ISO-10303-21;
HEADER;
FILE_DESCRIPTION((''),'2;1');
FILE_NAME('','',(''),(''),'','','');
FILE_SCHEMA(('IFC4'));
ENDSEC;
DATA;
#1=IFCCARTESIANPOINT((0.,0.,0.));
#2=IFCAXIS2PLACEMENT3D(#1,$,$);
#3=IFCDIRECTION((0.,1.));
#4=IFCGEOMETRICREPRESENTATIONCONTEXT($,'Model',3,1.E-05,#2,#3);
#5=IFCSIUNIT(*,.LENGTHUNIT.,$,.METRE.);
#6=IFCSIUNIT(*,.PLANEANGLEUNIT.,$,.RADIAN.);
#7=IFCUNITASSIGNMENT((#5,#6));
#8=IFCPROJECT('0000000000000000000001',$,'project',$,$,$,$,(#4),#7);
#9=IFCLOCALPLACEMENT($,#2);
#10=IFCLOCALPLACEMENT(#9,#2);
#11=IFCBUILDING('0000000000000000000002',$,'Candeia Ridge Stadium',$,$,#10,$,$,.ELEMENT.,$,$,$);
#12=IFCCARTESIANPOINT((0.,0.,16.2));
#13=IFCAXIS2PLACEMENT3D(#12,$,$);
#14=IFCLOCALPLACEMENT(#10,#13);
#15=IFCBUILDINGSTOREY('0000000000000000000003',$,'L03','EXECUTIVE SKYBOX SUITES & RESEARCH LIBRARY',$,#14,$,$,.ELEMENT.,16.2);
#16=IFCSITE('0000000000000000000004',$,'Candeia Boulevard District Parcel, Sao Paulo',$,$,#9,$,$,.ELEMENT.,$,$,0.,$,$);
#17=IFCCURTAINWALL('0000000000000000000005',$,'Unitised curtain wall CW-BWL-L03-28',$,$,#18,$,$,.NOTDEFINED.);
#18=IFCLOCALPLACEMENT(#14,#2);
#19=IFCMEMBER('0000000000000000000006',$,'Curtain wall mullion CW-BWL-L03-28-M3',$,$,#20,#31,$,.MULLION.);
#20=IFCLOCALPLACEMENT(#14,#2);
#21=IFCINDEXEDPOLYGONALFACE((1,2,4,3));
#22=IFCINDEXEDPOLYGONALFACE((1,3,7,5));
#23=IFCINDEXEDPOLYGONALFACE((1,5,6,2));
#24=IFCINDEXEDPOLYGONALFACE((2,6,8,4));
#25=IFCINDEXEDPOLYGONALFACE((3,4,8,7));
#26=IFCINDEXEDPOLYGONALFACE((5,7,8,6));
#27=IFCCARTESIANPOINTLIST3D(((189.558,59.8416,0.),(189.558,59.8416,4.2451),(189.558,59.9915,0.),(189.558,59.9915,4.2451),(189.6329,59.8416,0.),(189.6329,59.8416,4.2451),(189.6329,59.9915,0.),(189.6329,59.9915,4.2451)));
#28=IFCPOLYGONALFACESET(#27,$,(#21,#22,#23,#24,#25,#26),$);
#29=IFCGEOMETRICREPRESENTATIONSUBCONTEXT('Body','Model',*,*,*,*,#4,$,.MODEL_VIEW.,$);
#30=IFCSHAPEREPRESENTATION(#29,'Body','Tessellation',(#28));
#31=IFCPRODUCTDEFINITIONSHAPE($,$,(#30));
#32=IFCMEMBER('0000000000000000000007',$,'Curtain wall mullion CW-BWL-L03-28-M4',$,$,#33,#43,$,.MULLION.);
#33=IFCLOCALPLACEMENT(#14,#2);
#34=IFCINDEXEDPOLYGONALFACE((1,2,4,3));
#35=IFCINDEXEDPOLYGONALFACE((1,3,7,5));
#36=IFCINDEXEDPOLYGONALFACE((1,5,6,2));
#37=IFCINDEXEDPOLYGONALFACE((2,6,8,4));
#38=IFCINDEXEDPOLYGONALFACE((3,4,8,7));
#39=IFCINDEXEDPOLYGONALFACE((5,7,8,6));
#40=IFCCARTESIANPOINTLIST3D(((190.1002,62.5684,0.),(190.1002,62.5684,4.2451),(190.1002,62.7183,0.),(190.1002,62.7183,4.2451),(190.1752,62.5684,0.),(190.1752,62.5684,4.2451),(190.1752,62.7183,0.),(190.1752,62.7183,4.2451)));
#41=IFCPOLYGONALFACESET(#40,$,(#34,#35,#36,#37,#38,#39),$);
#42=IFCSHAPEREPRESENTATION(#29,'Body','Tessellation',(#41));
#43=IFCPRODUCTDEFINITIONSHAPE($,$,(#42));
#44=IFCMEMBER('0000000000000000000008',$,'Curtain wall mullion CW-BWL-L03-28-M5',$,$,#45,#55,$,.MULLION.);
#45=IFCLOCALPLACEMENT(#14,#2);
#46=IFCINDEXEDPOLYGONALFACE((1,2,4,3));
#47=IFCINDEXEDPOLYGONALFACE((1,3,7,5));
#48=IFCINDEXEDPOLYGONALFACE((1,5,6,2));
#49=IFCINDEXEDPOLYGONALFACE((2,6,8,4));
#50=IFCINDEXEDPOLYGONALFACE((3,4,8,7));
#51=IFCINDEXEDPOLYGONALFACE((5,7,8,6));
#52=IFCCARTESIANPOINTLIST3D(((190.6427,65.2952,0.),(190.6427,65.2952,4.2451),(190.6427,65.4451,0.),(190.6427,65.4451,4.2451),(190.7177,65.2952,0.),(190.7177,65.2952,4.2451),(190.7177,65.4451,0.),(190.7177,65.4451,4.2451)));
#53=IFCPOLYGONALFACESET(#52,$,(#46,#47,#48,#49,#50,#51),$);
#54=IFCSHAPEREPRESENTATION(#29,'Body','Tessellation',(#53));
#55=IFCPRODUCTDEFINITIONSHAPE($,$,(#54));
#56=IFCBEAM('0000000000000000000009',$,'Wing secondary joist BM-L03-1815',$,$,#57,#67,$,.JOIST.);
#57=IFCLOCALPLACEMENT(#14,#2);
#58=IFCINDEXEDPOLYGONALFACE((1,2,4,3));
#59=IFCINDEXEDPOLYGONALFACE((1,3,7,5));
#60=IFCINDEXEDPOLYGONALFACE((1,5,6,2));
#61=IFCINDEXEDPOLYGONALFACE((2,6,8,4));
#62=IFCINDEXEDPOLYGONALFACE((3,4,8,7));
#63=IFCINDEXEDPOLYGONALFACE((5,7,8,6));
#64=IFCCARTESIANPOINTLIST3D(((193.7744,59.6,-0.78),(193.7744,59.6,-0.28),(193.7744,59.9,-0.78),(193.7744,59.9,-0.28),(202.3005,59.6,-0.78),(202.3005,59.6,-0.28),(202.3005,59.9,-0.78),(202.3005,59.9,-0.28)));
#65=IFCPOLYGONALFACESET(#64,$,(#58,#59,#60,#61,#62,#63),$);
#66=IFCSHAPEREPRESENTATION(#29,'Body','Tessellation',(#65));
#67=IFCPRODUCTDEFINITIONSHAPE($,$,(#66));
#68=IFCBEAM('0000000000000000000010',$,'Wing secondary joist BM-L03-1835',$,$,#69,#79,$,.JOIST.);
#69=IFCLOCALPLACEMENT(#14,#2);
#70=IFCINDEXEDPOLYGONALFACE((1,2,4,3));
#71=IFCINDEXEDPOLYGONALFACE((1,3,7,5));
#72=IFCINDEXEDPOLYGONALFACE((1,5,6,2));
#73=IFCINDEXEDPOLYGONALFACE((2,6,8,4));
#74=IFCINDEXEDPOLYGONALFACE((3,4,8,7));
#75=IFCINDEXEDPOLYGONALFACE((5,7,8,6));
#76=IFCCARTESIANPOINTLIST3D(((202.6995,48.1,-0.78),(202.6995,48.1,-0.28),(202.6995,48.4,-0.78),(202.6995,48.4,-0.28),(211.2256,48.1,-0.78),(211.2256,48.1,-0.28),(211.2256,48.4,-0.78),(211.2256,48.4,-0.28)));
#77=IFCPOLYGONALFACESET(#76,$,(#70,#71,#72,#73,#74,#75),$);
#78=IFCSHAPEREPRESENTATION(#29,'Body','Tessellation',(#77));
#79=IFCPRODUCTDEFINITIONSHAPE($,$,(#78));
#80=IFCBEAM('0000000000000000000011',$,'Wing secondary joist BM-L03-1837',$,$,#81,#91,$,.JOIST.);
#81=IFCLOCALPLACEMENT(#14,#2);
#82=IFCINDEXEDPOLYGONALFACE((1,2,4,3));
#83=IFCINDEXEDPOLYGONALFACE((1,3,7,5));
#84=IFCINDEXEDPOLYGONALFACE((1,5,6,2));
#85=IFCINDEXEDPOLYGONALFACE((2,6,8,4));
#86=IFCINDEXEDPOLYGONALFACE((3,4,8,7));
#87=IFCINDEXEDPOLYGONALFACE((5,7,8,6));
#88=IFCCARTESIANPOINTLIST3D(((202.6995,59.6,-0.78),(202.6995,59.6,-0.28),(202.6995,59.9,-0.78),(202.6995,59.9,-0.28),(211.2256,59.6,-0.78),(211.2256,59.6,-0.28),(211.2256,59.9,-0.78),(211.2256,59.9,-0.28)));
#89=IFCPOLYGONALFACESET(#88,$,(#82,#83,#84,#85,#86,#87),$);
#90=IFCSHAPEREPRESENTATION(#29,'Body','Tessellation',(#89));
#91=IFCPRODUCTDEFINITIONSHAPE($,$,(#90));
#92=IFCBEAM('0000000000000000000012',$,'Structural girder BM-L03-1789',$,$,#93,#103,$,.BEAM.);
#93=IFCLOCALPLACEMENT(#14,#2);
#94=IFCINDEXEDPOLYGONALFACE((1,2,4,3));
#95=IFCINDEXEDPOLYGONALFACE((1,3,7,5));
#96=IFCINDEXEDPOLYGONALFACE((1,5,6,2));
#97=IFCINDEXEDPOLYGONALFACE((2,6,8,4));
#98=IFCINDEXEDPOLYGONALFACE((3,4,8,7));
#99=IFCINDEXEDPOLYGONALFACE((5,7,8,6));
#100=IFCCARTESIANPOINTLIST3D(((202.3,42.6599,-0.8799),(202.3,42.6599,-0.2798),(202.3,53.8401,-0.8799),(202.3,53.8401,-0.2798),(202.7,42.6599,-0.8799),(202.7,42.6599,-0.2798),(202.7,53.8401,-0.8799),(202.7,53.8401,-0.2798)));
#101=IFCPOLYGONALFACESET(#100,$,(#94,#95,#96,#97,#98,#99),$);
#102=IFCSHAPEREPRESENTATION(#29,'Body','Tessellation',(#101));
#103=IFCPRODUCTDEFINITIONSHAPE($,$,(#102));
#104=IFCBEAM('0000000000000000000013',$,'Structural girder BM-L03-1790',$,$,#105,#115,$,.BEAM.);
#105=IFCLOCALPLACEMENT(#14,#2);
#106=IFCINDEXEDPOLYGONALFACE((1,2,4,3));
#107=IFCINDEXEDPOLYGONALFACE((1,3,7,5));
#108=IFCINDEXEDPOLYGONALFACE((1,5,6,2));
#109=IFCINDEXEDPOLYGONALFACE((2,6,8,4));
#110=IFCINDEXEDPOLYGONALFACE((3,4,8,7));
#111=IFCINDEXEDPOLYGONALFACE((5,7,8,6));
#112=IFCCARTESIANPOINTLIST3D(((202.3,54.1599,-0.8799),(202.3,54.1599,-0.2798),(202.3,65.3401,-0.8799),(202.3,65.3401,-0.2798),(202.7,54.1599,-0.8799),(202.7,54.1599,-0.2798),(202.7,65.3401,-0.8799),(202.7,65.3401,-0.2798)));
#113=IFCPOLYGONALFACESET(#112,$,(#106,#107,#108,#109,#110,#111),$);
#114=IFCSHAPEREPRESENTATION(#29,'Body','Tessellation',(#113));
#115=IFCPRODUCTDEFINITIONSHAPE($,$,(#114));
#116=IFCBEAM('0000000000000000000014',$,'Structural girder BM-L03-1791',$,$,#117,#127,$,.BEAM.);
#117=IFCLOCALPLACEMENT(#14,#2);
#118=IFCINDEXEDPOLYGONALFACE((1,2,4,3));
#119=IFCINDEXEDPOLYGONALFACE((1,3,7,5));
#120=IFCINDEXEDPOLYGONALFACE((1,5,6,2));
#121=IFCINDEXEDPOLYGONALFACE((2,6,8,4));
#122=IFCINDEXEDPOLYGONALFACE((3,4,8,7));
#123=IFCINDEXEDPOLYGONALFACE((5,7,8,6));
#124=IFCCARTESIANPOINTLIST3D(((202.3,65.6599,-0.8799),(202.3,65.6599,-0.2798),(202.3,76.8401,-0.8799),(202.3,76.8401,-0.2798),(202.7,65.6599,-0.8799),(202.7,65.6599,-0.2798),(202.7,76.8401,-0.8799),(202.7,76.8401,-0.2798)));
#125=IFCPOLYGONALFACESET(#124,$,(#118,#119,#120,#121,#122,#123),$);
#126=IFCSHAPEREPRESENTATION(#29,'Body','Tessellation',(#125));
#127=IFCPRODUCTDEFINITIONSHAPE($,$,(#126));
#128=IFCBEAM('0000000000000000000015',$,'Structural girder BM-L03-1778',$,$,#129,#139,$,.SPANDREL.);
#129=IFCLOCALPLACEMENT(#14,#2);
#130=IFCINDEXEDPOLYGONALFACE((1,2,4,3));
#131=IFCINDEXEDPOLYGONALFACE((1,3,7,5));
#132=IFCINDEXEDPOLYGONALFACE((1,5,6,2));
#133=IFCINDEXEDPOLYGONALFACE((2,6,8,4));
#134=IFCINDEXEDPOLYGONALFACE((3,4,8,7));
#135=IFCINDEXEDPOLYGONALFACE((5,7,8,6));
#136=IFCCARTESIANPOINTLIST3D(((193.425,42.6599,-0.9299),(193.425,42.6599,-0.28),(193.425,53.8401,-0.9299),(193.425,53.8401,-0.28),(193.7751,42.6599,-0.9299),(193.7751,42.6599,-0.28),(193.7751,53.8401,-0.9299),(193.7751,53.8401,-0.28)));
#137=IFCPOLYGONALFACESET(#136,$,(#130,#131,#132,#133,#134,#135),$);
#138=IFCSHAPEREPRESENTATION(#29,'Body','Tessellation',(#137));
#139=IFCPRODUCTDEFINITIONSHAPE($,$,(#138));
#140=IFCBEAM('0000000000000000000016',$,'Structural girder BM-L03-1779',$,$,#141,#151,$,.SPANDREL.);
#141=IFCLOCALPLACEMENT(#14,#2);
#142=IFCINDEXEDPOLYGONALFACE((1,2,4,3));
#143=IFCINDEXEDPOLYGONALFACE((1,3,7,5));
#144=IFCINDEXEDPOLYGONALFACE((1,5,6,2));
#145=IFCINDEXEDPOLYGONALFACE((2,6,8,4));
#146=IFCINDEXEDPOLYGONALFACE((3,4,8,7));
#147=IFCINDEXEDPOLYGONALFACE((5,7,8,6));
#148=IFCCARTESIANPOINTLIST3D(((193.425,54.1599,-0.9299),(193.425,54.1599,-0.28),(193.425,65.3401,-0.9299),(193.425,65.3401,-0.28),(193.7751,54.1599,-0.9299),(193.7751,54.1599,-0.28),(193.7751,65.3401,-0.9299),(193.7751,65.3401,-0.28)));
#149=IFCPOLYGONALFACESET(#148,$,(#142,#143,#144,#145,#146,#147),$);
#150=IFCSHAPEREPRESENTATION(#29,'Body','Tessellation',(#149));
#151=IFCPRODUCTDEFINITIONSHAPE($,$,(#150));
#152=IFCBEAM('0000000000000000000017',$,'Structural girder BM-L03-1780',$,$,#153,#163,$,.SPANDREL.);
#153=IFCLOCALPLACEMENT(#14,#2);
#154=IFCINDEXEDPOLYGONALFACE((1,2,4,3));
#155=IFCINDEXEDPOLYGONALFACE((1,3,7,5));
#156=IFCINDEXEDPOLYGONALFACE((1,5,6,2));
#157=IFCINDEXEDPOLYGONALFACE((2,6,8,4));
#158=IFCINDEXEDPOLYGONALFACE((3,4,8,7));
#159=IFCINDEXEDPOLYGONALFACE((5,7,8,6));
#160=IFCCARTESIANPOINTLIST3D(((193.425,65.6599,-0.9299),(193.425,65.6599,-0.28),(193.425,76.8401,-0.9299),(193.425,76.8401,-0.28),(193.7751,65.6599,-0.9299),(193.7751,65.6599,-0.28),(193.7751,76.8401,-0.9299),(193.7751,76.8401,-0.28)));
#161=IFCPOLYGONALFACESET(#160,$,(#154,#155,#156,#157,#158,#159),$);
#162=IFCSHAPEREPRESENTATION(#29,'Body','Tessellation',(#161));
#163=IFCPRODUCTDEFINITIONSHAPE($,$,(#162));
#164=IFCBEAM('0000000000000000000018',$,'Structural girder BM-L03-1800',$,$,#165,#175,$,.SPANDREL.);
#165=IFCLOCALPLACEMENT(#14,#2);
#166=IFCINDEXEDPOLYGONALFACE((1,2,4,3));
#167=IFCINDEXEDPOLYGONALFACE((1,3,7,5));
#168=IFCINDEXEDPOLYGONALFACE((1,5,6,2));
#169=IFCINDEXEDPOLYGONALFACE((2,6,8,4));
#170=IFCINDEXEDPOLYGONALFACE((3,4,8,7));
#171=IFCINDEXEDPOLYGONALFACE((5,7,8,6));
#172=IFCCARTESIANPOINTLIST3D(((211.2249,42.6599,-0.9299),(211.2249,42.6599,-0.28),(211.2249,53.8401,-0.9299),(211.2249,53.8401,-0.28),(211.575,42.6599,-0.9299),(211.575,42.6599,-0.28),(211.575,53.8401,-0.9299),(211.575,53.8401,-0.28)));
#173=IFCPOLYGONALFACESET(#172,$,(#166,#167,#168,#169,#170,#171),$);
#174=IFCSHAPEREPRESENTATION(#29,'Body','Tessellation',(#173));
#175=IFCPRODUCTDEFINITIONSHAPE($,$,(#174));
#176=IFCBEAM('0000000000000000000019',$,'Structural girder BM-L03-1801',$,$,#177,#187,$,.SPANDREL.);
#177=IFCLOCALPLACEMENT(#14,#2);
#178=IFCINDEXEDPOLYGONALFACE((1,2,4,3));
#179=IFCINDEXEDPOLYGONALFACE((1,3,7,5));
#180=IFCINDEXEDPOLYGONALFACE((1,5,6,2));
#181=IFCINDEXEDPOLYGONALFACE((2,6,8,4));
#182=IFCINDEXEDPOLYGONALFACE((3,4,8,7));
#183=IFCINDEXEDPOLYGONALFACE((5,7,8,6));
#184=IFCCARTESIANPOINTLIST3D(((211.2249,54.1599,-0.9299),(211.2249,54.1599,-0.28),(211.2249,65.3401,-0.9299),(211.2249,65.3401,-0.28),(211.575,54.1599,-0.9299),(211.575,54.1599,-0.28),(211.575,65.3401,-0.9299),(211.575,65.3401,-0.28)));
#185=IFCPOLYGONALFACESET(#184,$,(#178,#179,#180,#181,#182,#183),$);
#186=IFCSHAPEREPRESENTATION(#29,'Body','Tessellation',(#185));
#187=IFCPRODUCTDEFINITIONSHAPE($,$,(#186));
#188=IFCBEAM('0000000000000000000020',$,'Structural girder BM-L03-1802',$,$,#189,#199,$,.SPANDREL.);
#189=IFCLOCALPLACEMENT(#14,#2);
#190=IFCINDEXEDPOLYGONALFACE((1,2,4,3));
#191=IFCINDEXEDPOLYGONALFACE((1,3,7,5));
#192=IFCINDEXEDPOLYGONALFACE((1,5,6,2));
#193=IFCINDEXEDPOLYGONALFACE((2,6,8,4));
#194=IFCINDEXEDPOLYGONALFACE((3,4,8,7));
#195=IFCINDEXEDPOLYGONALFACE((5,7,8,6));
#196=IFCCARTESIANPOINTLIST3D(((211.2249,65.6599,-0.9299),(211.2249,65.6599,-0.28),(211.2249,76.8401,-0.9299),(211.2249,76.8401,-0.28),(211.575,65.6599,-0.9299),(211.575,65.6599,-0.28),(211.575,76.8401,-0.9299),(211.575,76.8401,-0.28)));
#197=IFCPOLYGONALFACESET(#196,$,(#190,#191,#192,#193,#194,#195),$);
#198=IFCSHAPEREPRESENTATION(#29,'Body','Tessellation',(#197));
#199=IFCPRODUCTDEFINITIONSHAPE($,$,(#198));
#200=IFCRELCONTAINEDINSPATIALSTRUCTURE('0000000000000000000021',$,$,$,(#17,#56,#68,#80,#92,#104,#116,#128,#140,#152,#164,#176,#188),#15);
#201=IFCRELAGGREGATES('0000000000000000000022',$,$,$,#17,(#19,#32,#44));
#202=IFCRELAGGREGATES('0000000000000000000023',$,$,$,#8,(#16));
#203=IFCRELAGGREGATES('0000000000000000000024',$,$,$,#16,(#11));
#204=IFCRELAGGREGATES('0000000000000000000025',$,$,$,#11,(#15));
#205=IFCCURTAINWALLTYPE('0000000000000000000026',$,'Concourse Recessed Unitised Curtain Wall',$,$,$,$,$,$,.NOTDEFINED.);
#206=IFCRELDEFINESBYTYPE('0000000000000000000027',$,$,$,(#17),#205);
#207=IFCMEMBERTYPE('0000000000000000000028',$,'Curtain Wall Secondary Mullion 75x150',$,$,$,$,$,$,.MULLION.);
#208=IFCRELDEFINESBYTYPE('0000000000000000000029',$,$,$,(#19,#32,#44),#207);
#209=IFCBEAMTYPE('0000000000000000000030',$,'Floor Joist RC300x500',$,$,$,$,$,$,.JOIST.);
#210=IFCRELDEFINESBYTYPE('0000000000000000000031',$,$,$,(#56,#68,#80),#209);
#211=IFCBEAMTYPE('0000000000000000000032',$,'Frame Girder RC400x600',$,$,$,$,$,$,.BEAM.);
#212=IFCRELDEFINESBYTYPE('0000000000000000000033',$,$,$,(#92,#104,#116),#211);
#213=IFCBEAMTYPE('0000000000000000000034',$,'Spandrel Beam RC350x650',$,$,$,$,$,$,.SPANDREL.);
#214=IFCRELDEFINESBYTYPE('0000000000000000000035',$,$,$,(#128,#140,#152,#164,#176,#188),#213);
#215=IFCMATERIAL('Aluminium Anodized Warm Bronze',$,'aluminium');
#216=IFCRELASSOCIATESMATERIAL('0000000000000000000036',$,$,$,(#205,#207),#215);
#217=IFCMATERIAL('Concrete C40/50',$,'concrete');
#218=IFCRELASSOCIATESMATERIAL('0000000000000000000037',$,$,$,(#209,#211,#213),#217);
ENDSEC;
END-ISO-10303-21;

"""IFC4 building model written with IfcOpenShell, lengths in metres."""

from ifc_helpers import new_model, si_unit, direction, frame, origin, origin_2d, place, context, subcontext, project, spatial, rectangle, extrude, material, material_profile, profile_set, type_object, element, aggregate, save


model = new_model("IFC4")

# Units and contexts
model_context = context("Model", 3, precision=1e-05, world=origin(), true_north=direction((0.0, 1.0)))
body_context = subcontext(model_context, "Body", "Model", "MODEL_VIEW")
ifc_project = project(units=[si_unit("LENGTHUNIT", "METRE"), si_unit("PLANEANGLEUNIT", "RADIAN")], contexts=[model_context])

# Site, building, storey
site_placement = place(None, origin())
site = spatial("IfcSite", under=ifc_project, at=site_placement, Name="Candeia Boulevard District Parcel, Sao Paulo", CompositionType="ELEMENT", RefElevation=0.0)
building_placement = place(site_placement, origin())
building = spatial("IfcBuilding", under=site, at=building_placement, Name="Candeia Ridge Stadium", CompositionType="ELEMENT")
storey_placement = place(building_placement, frame((0.0, 0.0, 16.2)))
storey = spatial("IfcBuildingStorey", under=building, at=storey_placement, Name="L03", Description="EXECUTIVE SKYBOX SUITES & RESEARCH LIBRARY", CompositionType="ELEMENT", Elevation=16.2)

# Curtain wall, members
ifc_material_1 = material(Name="Aluminium Anodized Warm Bronze", Category="aluminium")
curtain_wall_type = type_object("IfcCurtainWallType", Name="Concourse Recessed Unitised Curtain Wall", PredefinedType="NOTDEFINED", material=ifc_material_1)
curtain_wall_placement = place(storey_placement, origin())
curtain_wall = element("IfcCurtainWall", 1, at=curtain_wall_placement, inside=storey, type_object=curtain_wall_type, Name="Unitised curtain wall CW-BWL-L03-28", PredefinedType="NOTDEFINED")
ifc_material_profile_1 = material_profile(ifc_material_1, rectangle(XDim=0.075, YDim=0.1499, at=origin_2d()), Name="CWM-75x150", Category="aluminium")
ifc_profile_set_1 = profile_set([ifc_material_profile_1], Name="Aluminium Anodized Warm Bronze")
member_type = type_object("IfcMemberType", Name="Curtain Wall Secondary Mullion 75x150", PredefinedType="MULLION", material=ifc_profile_set_1)
member_1_placement = place(storey_placement, frame((189.5955, 59.9165, 0.0), z_axis=(0.0, 0.0, 1.0), x_axis=(1.0, 0.0, 0.0)))
member_1 = element("IfcMember", 2, at=member_1_placement, type_object=member_type, Name="Curtain wall mullion CW-BWL-L03-28-M3", PredefinedType="MULLION", context=body_context, shape_type="SweptSolid", body=[
    extrude(rectangle(XDim=0.075, YDim=0.1499, at=origin_2d()), origin(), (0.0, 0.0, 1.0), 4.2451),
])
member_2_placement = place(storey_placement, frame((190.1377, 62.6433, 0.0), z_axis=(0.0, 0.0, 1.0), x_axis=(1.0, 0.0, 0.0)))
member_2 = element("IfcMember", 3, at=member_2_placement, type_object=member_type, Name="Curtain wall mullion CW-BWL-L03-28-M4", PredefinedType="MULLION", context=body_context, shape_type="SweptSolid", body=[
    extrude(rectangle(XDim=0.075, YDim=0.1499, at=origin_2d()), origin(), (0.0, 0.0, 1.0), 4.2451),
])
member_3_placement = place(storey_placement, frame((190.6802, 65.3701, 0.0), z_axis=(0.0, 0.0, 1.0), x_axis=(1.0, 0.0, 0.0)))
member_3 = element("IfcMember", 4, at=member_3_placement, type_object=member_type, Name="Curtain wall mullion CW-BWL-L03-28-M5", PredefinedType="MULLION", context=body_context, shape_type="SweptSolid", body=[
    extrude(rectangle(XDim=0.075, YDim=0.1499, at=origin_2d()), origin(), (0.0, 0.0, 1.0), 4.2451),
])

# Beams
ifc_material_2 = material(Name="Concrete C40/50", Category="concrete")
ifc_material_profile_2 = material_profile(ifc_material_2, rectangle(XDim=0.3, YDim=0.5, at=origin_2d()), Name="RC300x500", Category="concrete")
ifc_profile_set_2 = profile_set([ifc_material_profile_2], Name="Concrete C40/50")
beam_type_1 = type_object("IfcBeamType", Name="Floor Joist RC300x500", PredefinedType="JOIST", material=ifc_profile_set_2)
for number, where, z_axis, x_axis, name in (
    (5, (193.7744, 59.75, -0.53), (1.0, 0.0, 0.0), (0.0, 1.0, 0.0), "Wing secondary joist BM-L03-1815"),
    (6, (202.6995, 48.25, -0.53), (1.0, 0.0, 0.0), (0.0, 1.0, 0.0), "Wing secondary joist BM-L03-1835"),
    (7, (202.6995, 59.75, -0.53), (1.0, 0.0, 0.0), (0.0, 1.0, 0.0), "Wing secondary joist BM-L03-1837"),
):
    element("IfcBeam", number, at=place(storey_placement, frame(where, z_axis=z_axis, x_axis=x_axis)), inside=storey, type_object=beam_type_1, Name=name, PredefinedType="JOIST", context=body_context, shape_type="SweptSolid", body=[
        extrude(rectangle(XDim=0.3, YDim=0.5, at=origin_2d()), origin(), (0.0, 0.0, 1.0), 8.5261),
    ])
ifc_material_profile_3 = material_profile(ifc_material_2, rectangle(XDim=0.3999, YDim=0.6001, at=origin_2d()), Name="RC400x600", Category="concrete")
ifc_profile_set_3 = profile_set([ifc_material_profile_3], Name="Concrete C40/50")
beam_type_2 = type_object("IfcBeamType", Name="Frame Girder RC400x600", PredefinedType="BEAM", material=ifc_profile_set_3)
for number, where, z_axis, x_axis, name in (
    (8, (202.5, 42.6599, -0.5798), (0.0, 1.0, 0.0), (-1.0, 0.0, 0.0), "Structural girder BM-L03-1789"),
    (9, (202.5, 54.1599, -0.5798), (0.0, 1.0, 0.0), (-1.0, 0.0, 0.0), "Structural girder BM-L03-1790"),
    (10, (202.5, 65.6599, -0.5798), (0.0, 1.0, 0.0), (-1.0, 0.0, 0.0), "Structural girder BM-L03-1791"),
):
    element("IfcBeam", number, at=place(storey_placement, frame(where, z_axis=z_axis, x_axis=x_axis)), inside=storey, type_object=beam_type_2, Name=name, PredefinedType="BEAM", context=body_context, shape_type="SweptSolid", body=[
        extrude(rectangle(XDim=0.3999, YDim=0.6001, at=origin_2d()), origin(), (0.0, 0.0, 1.0), 11.1802),
    ])
ifc_material_profile_4 = material_profile(ifc_material_2, rectangle(XDim=0.3501, YDim=0.6499, at=origin_2d()), Name="RC350x650", Category="concrete")
ifc_profile_set_4 = profile_set([ifc_material_profile_4], Name="Concrete C40/50")
beam_type_3 = type_object("IfcBeamType", Name="Spandrel Beam RC350x650", PredefinedType="SPANDREL", material=ifc_profile_set_4)
for number, where, z_axis, x_axis, name in (
    (11, (193.6001, 42.6599, -0.605), (0.0, 1.0, 0.0), (-1.0, 0.0, 0.0), "Structural girder BM-L03-1778"),
    (12, (193.6001, 54.1599, -0.605), (0.0, 1.0, 0.0), (-1.0, 0.0, 0.0), "Structural girder BM-L03-1779"),
    (13, (193.6001, 65.6599, -0.605), (0.0, 1.0, 0.0), (-1.0, 0.0, 0.0), "Structural girder BM-L03-1780"),
    (14, (211.3999, 42.6599, -0.605), (0.0, 1.0, 0.0), (-1.0, 0.0, 0.0), "Structural girder BM-L03-1800"),
    (15, (211.3999, 54.1599, -0.605), (0.0, 1.0, 0.0), (-1.0, 0.0, 0.0), "Structural girder BM-L03-1801"),
    (16, (211.3999, 65.6599, -0.605), (0.0, 1.0, 0.0), (-1.0, 0.0, 0.0), "Structural girder BM-L03-1802"),
):
    element("IfcBeam", number, at=place(storey_placement, frame(where, z_axis=z_axis, x_axis=x_axis)), inside=storey, type_object=beam_type_3, Name=name, PredefinedType="SPANDREL", context=body_context, shape_type="SweptSolid", body=[
        extrude(rectangle(XDim=0.3501, YDim=0.6499, at=origin_2d()), origin(), (0.0, 0.0, 1.0), 11.1802),
    ])

aggregate(curtain_wall, [member_1, member_2, member_3])

save(model, "model.ifc")
